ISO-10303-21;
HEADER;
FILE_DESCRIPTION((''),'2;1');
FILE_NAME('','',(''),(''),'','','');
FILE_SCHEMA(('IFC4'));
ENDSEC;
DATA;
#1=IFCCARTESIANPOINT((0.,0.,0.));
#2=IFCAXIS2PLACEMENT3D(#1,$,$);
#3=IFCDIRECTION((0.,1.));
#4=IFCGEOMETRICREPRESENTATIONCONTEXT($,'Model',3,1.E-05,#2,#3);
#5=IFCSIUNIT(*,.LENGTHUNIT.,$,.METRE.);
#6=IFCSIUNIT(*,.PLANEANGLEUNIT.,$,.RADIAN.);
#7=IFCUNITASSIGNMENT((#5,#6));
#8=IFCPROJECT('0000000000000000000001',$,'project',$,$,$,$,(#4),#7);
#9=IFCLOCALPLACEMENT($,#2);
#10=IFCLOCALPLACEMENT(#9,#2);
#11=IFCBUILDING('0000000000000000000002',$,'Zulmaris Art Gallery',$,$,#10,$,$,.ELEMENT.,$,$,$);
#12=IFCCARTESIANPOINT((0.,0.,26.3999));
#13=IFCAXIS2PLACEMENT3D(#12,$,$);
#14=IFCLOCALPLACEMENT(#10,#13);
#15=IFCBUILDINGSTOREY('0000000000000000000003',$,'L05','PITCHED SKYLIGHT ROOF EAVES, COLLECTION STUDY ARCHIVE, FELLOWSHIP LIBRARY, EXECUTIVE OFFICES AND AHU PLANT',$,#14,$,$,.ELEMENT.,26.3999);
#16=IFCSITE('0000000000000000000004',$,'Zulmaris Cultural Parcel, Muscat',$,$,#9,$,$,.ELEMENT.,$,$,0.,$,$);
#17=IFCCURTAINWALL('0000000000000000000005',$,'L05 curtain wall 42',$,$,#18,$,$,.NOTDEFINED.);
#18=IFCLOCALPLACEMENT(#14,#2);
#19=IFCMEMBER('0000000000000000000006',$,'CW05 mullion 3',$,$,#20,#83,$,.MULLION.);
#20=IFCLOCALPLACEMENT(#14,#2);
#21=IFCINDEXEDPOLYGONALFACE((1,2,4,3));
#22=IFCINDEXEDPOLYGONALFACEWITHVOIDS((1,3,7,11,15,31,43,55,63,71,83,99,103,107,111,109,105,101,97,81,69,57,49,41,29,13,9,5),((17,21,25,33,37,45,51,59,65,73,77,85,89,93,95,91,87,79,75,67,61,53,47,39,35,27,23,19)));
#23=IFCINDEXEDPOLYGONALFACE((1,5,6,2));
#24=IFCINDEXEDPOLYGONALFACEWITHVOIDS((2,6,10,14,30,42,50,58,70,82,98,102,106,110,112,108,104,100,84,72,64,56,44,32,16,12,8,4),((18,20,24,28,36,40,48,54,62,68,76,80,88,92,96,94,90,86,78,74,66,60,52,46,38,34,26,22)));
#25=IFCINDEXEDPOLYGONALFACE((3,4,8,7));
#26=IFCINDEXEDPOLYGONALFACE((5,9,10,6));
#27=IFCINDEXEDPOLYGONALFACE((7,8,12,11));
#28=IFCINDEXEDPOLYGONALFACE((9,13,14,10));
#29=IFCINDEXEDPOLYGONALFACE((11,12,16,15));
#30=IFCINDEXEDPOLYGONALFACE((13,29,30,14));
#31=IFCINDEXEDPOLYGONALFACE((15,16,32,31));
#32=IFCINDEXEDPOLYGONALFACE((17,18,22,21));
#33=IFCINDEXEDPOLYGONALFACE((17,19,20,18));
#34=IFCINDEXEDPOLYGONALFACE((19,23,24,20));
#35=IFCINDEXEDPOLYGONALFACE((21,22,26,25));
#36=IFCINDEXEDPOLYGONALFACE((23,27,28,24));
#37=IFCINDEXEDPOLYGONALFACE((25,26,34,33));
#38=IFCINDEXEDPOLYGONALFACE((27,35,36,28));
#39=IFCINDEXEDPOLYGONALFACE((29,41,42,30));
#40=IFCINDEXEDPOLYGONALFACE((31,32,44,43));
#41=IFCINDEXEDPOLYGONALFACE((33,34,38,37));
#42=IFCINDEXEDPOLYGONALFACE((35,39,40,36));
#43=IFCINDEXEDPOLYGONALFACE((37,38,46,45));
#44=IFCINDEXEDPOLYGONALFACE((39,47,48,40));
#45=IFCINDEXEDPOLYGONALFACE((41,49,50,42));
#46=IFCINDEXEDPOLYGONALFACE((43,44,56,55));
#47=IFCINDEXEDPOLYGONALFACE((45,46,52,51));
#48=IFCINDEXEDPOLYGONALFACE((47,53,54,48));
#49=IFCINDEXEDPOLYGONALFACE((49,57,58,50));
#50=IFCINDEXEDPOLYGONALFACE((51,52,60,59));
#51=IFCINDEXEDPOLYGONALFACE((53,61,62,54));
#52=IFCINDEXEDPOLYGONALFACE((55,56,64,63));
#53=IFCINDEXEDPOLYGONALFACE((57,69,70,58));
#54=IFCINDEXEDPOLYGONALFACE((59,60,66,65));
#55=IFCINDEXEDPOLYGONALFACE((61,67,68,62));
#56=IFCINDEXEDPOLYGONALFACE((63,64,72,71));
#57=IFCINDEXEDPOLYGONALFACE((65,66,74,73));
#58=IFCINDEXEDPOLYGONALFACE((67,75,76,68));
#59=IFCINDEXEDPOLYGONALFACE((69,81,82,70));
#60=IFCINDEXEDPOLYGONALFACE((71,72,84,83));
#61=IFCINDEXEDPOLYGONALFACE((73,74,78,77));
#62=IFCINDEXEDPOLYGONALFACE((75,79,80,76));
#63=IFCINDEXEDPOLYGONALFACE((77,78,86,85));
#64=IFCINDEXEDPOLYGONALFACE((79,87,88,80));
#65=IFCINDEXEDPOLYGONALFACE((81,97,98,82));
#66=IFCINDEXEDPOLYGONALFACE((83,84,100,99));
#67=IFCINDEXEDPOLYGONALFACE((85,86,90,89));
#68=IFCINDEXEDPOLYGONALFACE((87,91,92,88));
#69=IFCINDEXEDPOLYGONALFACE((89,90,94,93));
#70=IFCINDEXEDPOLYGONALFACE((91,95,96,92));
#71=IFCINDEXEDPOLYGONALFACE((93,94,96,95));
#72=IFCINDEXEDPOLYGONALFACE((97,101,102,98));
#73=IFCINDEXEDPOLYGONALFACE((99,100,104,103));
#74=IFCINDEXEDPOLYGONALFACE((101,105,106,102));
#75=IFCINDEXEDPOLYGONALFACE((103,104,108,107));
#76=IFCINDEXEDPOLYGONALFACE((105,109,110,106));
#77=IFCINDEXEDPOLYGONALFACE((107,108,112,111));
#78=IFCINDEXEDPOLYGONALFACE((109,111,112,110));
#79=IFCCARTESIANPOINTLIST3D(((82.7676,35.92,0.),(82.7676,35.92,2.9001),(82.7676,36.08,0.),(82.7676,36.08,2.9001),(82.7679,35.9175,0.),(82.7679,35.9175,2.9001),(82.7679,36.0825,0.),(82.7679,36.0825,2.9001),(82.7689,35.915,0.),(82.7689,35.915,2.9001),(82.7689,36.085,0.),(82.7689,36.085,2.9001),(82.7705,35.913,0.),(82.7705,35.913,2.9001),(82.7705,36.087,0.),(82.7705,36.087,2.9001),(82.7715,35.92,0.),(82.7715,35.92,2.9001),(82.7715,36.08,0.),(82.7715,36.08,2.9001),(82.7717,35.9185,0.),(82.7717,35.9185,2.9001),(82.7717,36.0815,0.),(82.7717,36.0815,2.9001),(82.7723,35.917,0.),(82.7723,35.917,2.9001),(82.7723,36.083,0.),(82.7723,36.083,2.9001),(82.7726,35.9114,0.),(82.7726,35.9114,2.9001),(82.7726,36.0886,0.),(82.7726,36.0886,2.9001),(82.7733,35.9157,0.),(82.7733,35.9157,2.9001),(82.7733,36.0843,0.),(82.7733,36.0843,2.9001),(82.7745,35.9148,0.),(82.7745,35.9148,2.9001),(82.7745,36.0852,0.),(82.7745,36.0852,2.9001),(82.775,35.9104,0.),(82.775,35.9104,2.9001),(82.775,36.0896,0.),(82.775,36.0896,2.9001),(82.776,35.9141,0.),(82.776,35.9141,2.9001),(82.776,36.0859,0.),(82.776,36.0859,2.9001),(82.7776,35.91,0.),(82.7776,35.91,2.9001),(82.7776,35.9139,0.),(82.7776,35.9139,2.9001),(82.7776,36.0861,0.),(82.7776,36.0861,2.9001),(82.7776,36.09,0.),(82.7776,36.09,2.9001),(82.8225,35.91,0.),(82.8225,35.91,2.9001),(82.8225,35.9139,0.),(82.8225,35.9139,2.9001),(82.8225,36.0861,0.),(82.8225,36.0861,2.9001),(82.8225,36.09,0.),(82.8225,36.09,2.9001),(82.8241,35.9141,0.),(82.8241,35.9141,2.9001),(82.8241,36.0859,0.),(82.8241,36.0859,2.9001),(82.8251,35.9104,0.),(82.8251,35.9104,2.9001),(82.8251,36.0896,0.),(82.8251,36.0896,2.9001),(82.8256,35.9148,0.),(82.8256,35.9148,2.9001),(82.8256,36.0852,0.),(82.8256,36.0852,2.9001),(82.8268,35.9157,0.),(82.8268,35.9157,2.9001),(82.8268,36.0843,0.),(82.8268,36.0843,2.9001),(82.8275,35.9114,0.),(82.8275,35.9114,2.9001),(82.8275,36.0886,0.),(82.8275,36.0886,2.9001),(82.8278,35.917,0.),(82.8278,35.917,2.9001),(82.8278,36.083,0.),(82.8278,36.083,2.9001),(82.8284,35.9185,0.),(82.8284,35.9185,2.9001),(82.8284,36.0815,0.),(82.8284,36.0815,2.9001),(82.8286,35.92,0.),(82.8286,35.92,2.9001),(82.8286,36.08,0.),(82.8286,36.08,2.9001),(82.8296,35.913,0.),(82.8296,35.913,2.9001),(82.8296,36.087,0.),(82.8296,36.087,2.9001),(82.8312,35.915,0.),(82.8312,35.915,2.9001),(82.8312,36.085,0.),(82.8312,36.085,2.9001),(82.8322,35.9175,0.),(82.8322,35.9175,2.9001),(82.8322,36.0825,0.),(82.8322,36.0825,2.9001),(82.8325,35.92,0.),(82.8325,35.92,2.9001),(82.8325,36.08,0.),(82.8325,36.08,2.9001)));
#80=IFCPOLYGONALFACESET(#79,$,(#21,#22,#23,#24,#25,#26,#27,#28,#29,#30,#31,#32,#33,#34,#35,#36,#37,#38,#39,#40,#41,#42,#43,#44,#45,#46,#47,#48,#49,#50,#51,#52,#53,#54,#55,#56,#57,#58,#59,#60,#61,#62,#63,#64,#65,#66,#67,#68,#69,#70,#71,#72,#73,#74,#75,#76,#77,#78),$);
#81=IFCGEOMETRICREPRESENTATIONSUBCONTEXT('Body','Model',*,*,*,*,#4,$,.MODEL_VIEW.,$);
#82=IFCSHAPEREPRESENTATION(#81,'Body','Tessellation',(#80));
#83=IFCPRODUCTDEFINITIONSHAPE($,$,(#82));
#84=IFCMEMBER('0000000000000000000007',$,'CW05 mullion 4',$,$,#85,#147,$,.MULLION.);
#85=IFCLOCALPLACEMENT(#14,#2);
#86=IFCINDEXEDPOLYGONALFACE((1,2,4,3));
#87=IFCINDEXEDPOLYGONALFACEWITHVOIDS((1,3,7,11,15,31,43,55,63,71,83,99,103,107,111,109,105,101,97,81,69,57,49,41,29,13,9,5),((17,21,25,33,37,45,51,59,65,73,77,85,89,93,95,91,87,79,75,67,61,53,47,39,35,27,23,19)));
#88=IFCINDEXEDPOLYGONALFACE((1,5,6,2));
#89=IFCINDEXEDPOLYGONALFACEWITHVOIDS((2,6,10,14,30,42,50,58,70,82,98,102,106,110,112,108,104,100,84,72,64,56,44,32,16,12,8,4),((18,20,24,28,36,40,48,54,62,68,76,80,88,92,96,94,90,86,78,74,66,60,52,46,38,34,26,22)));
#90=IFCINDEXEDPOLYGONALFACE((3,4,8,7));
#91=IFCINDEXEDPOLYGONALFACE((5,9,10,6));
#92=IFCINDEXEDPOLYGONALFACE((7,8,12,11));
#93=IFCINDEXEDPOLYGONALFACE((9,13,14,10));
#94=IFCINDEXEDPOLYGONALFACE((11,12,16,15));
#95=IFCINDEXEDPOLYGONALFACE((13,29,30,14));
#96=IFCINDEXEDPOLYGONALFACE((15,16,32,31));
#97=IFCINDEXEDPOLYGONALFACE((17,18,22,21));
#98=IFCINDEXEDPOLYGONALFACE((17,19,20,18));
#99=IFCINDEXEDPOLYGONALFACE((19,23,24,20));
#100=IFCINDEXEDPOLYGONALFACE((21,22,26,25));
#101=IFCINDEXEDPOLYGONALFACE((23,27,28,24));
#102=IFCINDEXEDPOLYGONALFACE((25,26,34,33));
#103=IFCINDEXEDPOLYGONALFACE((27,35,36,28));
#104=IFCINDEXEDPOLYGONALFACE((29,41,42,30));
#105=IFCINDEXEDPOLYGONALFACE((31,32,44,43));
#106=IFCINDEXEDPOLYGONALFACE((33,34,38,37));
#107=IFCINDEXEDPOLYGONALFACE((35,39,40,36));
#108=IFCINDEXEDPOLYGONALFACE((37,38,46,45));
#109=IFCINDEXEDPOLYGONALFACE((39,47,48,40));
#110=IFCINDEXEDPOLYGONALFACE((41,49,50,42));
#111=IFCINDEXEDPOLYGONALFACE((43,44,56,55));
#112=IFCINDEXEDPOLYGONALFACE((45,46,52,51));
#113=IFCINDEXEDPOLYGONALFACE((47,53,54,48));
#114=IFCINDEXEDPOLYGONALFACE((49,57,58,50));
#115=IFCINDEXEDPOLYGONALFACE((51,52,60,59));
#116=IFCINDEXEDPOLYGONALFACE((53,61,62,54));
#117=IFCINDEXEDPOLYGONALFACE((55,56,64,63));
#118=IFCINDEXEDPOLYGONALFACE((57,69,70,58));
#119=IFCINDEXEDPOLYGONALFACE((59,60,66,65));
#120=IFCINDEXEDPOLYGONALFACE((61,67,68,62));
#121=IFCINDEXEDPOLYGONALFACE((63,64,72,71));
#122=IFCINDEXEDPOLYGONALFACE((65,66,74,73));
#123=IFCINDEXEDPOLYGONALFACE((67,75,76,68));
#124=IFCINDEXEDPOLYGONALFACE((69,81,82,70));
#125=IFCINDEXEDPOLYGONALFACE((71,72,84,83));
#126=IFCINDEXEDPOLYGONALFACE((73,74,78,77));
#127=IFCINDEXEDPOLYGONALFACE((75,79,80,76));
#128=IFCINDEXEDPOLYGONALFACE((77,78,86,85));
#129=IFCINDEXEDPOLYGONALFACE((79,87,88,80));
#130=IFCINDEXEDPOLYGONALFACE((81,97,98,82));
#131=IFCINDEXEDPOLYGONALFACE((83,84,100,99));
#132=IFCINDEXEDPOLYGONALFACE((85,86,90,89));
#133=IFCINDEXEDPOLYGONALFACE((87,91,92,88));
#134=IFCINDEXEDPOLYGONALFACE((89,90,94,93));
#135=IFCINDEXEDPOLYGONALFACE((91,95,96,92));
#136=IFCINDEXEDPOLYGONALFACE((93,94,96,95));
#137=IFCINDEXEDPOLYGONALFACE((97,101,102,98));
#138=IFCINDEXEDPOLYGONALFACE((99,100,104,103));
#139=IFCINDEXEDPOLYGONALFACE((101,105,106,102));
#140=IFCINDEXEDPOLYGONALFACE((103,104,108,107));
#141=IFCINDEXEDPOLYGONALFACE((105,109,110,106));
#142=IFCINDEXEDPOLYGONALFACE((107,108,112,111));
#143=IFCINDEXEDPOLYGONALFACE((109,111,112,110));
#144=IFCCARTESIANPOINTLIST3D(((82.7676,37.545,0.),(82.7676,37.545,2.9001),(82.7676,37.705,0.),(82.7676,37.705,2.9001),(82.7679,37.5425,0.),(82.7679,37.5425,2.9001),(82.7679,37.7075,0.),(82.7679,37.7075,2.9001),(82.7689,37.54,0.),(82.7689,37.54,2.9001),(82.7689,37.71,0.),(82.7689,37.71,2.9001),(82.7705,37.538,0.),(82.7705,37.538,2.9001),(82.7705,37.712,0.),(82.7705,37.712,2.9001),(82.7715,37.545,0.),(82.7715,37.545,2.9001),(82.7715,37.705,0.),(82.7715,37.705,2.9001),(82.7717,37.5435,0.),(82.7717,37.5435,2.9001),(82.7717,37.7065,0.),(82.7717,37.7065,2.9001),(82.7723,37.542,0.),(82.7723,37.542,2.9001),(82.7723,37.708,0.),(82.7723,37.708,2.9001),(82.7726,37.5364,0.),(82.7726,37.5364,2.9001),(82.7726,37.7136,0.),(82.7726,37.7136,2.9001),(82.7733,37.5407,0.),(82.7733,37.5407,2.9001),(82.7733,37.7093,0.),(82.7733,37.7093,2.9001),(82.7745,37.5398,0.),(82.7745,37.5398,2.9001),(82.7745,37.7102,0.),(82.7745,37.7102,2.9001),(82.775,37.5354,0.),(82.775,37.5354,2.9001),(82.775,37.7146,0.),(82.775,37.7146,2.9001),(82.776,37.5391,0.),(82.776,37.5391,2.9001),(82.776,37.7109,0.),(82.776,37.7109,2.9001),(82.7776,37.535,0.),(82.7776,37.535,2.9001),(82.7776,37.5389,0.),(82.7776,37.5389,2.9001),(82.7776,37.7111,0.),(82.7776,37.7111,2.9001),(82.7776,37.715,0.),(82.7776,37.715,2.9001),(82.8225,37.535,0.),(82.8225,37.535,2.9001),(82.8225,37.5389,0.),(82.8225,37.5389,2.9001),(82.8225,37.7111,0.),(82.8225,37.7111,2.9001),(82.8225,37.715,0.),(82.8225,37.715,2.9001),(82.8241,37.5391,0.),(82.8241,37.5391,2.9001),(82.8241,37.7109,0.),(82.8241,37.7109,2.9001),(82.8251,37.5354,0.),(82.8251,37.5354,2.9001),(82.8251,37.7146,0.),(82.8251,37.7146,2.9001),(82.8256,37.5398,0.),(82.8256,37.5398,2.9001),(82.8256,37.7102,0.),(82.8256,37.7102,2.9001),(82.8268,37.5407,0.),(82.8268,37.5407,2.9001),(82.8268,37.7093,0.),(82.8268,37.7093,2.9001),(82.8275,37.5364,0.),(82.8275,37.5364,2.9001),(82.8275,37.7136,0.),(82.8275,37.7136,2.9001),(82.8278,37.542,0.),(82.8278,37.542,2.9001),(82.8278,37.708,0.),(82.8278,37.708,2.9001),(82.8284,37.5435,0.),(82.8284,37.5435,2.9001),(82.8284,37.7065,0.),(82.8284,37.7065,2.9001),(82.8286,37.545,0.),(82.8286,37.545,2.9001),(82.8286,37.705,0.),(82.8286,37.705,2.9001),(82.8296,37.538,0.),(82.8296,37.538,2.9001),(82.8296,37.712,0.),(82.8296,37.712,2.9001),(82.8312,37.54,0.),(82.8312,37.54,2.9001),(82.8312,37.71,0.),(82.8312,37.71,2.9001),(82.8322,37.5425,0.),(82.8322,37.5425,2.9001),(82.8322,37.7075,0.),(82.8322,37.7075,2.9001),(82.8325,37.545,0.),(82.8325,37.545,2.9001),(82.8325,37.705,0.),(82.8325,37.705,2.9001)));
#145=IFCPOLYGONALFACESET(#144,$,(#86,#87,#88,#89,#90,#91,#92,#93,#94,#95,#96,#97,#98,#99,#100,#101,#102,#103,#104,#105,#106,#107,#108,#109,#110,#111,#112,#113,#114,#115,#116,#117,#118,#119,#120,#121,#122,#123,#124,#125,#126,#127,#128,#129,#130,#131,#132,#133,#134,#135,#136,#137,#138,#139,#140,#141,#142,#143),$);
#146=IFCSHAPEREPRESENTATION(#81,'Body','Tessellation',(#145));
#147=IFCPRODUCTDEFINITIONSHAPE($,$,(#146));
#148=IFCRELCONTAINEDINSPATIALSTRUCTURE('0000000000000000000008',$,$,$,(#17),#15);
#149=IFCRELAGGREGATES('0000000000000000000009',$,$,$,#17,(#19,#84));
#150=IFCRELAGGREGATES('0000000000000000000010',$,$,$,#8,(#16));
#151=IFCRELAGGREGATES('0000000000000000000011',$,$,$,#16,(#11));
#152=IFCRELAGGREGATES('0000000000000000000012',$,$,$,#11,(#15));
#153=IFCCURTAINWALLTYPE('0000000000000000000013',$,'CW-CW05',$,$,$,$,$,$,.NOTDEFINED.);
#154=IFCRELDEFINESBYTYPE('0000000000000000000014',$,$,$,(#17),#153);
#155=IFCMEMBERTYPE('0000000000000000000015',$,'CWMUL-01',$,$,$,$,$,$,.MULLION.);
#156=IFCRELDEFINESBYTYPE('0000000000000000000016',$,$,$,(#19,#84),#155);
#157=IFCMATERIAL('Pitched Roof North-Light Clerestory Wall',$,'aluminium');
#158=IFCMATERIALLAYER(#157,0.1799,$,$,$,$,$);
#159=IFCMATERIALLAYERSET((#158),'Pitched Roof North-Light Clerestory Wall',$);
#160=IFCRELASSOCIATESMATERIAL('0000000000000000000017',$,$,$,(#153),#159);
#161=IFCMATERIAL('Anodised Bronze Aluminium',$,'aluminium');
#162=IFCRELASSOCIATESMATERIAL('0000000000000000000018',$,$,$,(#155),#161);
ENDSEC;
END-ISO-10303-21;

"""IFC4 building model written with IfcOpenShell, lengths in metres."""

from ifc_helpers import new_model, si_unit, direction, frame, origin, origin_2d, place, context, subcontext, project, spatial, hollow_rectangle, extrude, material, layer, layer_set, material_profile, profile_set, type_object, element, aggregate, save


model = new_model("IFC4")

# Units and contexts
model_context = context("Model", 3, precision=1e-05, world=origin(), true_north=direction((0.0, 1.0)))
body_context = subcontext(model_context, "Body", "Model", "MODEL_VIEW")
ifc_project = project(units=[si_unit("LENGTHUNIT", "METRE"), si_unit("PLANEANGLEUNIT", "RADIAN")], contexts=[model_context])

# Site, building, storey
site_placement = place(None, origin())
site = spatial("IfcSite", under=ifc_project, at=site_placement, Name="Zulmaris Cultural Parcel, Muscat", CompositionType="ELEMENT", RefElevation=0.0)
building_placement = place(site_placement, origin())
building = spatial("IfcBuilding", under=site, at=building_placement, Name="Zulmaris Art Gallery", CompositionType="ELEMENT")
storey_placement = place(building_placement, frame((0.0, 0.0, 26.3999)))
storey = spatial("IfcBuildingStorey", under=building, at=storey_placement, Name="L05", Description="PITCHED SKYLIGHT ROOF EAVES, COLLECTION STUDY ARCHIVE, FELLOWSHIP LIBRARY, EXECUTIVE OFFICES AND AHU PLANT", CompositionType="ELEMENT", Elevation=26.3999)

# Curtain wall, members
ifc_material_1 = material(Name="Pitched Roof North-Light Clerestory Wall", Category="aluminium")
ifc_layer_1 = layer(ifc_material_1, 0.1799)
ifc_layer_set_1 = layer_set([ifc_layer_1], Name="Pitched Roof North-Light Clerestory Wall")
curtain_wall_type = type_object("IfcCurtainWallType", Name="CW-CW05", PredefinedType="NOTDEFINED", material=ifc_layer_set_1)
curtain_wall_1_placement = place(storey_placement, origin())
curtain_wall_1 = element("IfcCurtainWall", 1, at=curtain_wall_1_placement, inside=storey, type_object=curtain_wall_type, Name="L05 curtain wall 42", PredefinedType="NOTDEFINED")
ifc_material_2 = material(Name="Anodised Bronze Aluminium", Category="aluminium")
ifc_material_profile_1 = material_profile(ifc_material_2, hollow_rectangle(XDim=0.0649, YDim=0.1799, WallThickness=0.0039, InnerFilletRadius=0.0061, OuterFilletRadius=0.01, at=origin_2d()), Name="ALU 65x180x4")
ifc_profile_set_1 = profile_set([ifc_material_profile_1], Name="Anodised Bronze Aluminium")
member_type_1 = type_object("IfcMemberType", Name="CWMUL-01", PredefinedType="MULLION", material=ifc_profile_set_1)
member_1_placement = place(storey_placement, frame((82.8, 36.0, 0.0), z_axis=(0.0, 0.0, 1.0), x_axis=(-1.0, 0.0, 0.0)))
member_1 = element("IfcMember", 2, at=member_1_placement, type_object=member_type_1, Name="CW05 mullion 3", PredefinedType="MULLION", context=body_context, shape_type="SweptSolid", body=[
    extrude(hollow_rectangle(XDim=0.0649, YDim=0.1799, WallThickness=0.0039, InnerFilletRadius=0.0061, OuterFilletRadius=0.01, at=origin_2d()), origin(), (0.0, 0.0, 1.0), 2.9001),
])
member_2_placement = place(storey_placement, frame((82.8, 37.625, 0.0), z_axis=(0.0, 0.0, 1.0), x_axis=(-1.0, 0.0, 0.0)))
member_2 = element("IfcMember", 3, at=member_2_placement, type_object=member_type_1, Name="CW05 mullion 4", PredefinedType="MULLION", context=body_context, shape_type="SweptSolid", body=[
    extrude(hollow_rectangle(XDim=0.0649, YDim=0.1799, WallThickness=0.0039, InnerFilletRadius=0.0061, OuterFilletRadius=0.01, at=origin_2d()), origin(), (0.0, 0.0, 1.0), 2.9001),
])

aggregate(curtain_wall_1, [member_1, member_2])

save(model, "model.ifc")
